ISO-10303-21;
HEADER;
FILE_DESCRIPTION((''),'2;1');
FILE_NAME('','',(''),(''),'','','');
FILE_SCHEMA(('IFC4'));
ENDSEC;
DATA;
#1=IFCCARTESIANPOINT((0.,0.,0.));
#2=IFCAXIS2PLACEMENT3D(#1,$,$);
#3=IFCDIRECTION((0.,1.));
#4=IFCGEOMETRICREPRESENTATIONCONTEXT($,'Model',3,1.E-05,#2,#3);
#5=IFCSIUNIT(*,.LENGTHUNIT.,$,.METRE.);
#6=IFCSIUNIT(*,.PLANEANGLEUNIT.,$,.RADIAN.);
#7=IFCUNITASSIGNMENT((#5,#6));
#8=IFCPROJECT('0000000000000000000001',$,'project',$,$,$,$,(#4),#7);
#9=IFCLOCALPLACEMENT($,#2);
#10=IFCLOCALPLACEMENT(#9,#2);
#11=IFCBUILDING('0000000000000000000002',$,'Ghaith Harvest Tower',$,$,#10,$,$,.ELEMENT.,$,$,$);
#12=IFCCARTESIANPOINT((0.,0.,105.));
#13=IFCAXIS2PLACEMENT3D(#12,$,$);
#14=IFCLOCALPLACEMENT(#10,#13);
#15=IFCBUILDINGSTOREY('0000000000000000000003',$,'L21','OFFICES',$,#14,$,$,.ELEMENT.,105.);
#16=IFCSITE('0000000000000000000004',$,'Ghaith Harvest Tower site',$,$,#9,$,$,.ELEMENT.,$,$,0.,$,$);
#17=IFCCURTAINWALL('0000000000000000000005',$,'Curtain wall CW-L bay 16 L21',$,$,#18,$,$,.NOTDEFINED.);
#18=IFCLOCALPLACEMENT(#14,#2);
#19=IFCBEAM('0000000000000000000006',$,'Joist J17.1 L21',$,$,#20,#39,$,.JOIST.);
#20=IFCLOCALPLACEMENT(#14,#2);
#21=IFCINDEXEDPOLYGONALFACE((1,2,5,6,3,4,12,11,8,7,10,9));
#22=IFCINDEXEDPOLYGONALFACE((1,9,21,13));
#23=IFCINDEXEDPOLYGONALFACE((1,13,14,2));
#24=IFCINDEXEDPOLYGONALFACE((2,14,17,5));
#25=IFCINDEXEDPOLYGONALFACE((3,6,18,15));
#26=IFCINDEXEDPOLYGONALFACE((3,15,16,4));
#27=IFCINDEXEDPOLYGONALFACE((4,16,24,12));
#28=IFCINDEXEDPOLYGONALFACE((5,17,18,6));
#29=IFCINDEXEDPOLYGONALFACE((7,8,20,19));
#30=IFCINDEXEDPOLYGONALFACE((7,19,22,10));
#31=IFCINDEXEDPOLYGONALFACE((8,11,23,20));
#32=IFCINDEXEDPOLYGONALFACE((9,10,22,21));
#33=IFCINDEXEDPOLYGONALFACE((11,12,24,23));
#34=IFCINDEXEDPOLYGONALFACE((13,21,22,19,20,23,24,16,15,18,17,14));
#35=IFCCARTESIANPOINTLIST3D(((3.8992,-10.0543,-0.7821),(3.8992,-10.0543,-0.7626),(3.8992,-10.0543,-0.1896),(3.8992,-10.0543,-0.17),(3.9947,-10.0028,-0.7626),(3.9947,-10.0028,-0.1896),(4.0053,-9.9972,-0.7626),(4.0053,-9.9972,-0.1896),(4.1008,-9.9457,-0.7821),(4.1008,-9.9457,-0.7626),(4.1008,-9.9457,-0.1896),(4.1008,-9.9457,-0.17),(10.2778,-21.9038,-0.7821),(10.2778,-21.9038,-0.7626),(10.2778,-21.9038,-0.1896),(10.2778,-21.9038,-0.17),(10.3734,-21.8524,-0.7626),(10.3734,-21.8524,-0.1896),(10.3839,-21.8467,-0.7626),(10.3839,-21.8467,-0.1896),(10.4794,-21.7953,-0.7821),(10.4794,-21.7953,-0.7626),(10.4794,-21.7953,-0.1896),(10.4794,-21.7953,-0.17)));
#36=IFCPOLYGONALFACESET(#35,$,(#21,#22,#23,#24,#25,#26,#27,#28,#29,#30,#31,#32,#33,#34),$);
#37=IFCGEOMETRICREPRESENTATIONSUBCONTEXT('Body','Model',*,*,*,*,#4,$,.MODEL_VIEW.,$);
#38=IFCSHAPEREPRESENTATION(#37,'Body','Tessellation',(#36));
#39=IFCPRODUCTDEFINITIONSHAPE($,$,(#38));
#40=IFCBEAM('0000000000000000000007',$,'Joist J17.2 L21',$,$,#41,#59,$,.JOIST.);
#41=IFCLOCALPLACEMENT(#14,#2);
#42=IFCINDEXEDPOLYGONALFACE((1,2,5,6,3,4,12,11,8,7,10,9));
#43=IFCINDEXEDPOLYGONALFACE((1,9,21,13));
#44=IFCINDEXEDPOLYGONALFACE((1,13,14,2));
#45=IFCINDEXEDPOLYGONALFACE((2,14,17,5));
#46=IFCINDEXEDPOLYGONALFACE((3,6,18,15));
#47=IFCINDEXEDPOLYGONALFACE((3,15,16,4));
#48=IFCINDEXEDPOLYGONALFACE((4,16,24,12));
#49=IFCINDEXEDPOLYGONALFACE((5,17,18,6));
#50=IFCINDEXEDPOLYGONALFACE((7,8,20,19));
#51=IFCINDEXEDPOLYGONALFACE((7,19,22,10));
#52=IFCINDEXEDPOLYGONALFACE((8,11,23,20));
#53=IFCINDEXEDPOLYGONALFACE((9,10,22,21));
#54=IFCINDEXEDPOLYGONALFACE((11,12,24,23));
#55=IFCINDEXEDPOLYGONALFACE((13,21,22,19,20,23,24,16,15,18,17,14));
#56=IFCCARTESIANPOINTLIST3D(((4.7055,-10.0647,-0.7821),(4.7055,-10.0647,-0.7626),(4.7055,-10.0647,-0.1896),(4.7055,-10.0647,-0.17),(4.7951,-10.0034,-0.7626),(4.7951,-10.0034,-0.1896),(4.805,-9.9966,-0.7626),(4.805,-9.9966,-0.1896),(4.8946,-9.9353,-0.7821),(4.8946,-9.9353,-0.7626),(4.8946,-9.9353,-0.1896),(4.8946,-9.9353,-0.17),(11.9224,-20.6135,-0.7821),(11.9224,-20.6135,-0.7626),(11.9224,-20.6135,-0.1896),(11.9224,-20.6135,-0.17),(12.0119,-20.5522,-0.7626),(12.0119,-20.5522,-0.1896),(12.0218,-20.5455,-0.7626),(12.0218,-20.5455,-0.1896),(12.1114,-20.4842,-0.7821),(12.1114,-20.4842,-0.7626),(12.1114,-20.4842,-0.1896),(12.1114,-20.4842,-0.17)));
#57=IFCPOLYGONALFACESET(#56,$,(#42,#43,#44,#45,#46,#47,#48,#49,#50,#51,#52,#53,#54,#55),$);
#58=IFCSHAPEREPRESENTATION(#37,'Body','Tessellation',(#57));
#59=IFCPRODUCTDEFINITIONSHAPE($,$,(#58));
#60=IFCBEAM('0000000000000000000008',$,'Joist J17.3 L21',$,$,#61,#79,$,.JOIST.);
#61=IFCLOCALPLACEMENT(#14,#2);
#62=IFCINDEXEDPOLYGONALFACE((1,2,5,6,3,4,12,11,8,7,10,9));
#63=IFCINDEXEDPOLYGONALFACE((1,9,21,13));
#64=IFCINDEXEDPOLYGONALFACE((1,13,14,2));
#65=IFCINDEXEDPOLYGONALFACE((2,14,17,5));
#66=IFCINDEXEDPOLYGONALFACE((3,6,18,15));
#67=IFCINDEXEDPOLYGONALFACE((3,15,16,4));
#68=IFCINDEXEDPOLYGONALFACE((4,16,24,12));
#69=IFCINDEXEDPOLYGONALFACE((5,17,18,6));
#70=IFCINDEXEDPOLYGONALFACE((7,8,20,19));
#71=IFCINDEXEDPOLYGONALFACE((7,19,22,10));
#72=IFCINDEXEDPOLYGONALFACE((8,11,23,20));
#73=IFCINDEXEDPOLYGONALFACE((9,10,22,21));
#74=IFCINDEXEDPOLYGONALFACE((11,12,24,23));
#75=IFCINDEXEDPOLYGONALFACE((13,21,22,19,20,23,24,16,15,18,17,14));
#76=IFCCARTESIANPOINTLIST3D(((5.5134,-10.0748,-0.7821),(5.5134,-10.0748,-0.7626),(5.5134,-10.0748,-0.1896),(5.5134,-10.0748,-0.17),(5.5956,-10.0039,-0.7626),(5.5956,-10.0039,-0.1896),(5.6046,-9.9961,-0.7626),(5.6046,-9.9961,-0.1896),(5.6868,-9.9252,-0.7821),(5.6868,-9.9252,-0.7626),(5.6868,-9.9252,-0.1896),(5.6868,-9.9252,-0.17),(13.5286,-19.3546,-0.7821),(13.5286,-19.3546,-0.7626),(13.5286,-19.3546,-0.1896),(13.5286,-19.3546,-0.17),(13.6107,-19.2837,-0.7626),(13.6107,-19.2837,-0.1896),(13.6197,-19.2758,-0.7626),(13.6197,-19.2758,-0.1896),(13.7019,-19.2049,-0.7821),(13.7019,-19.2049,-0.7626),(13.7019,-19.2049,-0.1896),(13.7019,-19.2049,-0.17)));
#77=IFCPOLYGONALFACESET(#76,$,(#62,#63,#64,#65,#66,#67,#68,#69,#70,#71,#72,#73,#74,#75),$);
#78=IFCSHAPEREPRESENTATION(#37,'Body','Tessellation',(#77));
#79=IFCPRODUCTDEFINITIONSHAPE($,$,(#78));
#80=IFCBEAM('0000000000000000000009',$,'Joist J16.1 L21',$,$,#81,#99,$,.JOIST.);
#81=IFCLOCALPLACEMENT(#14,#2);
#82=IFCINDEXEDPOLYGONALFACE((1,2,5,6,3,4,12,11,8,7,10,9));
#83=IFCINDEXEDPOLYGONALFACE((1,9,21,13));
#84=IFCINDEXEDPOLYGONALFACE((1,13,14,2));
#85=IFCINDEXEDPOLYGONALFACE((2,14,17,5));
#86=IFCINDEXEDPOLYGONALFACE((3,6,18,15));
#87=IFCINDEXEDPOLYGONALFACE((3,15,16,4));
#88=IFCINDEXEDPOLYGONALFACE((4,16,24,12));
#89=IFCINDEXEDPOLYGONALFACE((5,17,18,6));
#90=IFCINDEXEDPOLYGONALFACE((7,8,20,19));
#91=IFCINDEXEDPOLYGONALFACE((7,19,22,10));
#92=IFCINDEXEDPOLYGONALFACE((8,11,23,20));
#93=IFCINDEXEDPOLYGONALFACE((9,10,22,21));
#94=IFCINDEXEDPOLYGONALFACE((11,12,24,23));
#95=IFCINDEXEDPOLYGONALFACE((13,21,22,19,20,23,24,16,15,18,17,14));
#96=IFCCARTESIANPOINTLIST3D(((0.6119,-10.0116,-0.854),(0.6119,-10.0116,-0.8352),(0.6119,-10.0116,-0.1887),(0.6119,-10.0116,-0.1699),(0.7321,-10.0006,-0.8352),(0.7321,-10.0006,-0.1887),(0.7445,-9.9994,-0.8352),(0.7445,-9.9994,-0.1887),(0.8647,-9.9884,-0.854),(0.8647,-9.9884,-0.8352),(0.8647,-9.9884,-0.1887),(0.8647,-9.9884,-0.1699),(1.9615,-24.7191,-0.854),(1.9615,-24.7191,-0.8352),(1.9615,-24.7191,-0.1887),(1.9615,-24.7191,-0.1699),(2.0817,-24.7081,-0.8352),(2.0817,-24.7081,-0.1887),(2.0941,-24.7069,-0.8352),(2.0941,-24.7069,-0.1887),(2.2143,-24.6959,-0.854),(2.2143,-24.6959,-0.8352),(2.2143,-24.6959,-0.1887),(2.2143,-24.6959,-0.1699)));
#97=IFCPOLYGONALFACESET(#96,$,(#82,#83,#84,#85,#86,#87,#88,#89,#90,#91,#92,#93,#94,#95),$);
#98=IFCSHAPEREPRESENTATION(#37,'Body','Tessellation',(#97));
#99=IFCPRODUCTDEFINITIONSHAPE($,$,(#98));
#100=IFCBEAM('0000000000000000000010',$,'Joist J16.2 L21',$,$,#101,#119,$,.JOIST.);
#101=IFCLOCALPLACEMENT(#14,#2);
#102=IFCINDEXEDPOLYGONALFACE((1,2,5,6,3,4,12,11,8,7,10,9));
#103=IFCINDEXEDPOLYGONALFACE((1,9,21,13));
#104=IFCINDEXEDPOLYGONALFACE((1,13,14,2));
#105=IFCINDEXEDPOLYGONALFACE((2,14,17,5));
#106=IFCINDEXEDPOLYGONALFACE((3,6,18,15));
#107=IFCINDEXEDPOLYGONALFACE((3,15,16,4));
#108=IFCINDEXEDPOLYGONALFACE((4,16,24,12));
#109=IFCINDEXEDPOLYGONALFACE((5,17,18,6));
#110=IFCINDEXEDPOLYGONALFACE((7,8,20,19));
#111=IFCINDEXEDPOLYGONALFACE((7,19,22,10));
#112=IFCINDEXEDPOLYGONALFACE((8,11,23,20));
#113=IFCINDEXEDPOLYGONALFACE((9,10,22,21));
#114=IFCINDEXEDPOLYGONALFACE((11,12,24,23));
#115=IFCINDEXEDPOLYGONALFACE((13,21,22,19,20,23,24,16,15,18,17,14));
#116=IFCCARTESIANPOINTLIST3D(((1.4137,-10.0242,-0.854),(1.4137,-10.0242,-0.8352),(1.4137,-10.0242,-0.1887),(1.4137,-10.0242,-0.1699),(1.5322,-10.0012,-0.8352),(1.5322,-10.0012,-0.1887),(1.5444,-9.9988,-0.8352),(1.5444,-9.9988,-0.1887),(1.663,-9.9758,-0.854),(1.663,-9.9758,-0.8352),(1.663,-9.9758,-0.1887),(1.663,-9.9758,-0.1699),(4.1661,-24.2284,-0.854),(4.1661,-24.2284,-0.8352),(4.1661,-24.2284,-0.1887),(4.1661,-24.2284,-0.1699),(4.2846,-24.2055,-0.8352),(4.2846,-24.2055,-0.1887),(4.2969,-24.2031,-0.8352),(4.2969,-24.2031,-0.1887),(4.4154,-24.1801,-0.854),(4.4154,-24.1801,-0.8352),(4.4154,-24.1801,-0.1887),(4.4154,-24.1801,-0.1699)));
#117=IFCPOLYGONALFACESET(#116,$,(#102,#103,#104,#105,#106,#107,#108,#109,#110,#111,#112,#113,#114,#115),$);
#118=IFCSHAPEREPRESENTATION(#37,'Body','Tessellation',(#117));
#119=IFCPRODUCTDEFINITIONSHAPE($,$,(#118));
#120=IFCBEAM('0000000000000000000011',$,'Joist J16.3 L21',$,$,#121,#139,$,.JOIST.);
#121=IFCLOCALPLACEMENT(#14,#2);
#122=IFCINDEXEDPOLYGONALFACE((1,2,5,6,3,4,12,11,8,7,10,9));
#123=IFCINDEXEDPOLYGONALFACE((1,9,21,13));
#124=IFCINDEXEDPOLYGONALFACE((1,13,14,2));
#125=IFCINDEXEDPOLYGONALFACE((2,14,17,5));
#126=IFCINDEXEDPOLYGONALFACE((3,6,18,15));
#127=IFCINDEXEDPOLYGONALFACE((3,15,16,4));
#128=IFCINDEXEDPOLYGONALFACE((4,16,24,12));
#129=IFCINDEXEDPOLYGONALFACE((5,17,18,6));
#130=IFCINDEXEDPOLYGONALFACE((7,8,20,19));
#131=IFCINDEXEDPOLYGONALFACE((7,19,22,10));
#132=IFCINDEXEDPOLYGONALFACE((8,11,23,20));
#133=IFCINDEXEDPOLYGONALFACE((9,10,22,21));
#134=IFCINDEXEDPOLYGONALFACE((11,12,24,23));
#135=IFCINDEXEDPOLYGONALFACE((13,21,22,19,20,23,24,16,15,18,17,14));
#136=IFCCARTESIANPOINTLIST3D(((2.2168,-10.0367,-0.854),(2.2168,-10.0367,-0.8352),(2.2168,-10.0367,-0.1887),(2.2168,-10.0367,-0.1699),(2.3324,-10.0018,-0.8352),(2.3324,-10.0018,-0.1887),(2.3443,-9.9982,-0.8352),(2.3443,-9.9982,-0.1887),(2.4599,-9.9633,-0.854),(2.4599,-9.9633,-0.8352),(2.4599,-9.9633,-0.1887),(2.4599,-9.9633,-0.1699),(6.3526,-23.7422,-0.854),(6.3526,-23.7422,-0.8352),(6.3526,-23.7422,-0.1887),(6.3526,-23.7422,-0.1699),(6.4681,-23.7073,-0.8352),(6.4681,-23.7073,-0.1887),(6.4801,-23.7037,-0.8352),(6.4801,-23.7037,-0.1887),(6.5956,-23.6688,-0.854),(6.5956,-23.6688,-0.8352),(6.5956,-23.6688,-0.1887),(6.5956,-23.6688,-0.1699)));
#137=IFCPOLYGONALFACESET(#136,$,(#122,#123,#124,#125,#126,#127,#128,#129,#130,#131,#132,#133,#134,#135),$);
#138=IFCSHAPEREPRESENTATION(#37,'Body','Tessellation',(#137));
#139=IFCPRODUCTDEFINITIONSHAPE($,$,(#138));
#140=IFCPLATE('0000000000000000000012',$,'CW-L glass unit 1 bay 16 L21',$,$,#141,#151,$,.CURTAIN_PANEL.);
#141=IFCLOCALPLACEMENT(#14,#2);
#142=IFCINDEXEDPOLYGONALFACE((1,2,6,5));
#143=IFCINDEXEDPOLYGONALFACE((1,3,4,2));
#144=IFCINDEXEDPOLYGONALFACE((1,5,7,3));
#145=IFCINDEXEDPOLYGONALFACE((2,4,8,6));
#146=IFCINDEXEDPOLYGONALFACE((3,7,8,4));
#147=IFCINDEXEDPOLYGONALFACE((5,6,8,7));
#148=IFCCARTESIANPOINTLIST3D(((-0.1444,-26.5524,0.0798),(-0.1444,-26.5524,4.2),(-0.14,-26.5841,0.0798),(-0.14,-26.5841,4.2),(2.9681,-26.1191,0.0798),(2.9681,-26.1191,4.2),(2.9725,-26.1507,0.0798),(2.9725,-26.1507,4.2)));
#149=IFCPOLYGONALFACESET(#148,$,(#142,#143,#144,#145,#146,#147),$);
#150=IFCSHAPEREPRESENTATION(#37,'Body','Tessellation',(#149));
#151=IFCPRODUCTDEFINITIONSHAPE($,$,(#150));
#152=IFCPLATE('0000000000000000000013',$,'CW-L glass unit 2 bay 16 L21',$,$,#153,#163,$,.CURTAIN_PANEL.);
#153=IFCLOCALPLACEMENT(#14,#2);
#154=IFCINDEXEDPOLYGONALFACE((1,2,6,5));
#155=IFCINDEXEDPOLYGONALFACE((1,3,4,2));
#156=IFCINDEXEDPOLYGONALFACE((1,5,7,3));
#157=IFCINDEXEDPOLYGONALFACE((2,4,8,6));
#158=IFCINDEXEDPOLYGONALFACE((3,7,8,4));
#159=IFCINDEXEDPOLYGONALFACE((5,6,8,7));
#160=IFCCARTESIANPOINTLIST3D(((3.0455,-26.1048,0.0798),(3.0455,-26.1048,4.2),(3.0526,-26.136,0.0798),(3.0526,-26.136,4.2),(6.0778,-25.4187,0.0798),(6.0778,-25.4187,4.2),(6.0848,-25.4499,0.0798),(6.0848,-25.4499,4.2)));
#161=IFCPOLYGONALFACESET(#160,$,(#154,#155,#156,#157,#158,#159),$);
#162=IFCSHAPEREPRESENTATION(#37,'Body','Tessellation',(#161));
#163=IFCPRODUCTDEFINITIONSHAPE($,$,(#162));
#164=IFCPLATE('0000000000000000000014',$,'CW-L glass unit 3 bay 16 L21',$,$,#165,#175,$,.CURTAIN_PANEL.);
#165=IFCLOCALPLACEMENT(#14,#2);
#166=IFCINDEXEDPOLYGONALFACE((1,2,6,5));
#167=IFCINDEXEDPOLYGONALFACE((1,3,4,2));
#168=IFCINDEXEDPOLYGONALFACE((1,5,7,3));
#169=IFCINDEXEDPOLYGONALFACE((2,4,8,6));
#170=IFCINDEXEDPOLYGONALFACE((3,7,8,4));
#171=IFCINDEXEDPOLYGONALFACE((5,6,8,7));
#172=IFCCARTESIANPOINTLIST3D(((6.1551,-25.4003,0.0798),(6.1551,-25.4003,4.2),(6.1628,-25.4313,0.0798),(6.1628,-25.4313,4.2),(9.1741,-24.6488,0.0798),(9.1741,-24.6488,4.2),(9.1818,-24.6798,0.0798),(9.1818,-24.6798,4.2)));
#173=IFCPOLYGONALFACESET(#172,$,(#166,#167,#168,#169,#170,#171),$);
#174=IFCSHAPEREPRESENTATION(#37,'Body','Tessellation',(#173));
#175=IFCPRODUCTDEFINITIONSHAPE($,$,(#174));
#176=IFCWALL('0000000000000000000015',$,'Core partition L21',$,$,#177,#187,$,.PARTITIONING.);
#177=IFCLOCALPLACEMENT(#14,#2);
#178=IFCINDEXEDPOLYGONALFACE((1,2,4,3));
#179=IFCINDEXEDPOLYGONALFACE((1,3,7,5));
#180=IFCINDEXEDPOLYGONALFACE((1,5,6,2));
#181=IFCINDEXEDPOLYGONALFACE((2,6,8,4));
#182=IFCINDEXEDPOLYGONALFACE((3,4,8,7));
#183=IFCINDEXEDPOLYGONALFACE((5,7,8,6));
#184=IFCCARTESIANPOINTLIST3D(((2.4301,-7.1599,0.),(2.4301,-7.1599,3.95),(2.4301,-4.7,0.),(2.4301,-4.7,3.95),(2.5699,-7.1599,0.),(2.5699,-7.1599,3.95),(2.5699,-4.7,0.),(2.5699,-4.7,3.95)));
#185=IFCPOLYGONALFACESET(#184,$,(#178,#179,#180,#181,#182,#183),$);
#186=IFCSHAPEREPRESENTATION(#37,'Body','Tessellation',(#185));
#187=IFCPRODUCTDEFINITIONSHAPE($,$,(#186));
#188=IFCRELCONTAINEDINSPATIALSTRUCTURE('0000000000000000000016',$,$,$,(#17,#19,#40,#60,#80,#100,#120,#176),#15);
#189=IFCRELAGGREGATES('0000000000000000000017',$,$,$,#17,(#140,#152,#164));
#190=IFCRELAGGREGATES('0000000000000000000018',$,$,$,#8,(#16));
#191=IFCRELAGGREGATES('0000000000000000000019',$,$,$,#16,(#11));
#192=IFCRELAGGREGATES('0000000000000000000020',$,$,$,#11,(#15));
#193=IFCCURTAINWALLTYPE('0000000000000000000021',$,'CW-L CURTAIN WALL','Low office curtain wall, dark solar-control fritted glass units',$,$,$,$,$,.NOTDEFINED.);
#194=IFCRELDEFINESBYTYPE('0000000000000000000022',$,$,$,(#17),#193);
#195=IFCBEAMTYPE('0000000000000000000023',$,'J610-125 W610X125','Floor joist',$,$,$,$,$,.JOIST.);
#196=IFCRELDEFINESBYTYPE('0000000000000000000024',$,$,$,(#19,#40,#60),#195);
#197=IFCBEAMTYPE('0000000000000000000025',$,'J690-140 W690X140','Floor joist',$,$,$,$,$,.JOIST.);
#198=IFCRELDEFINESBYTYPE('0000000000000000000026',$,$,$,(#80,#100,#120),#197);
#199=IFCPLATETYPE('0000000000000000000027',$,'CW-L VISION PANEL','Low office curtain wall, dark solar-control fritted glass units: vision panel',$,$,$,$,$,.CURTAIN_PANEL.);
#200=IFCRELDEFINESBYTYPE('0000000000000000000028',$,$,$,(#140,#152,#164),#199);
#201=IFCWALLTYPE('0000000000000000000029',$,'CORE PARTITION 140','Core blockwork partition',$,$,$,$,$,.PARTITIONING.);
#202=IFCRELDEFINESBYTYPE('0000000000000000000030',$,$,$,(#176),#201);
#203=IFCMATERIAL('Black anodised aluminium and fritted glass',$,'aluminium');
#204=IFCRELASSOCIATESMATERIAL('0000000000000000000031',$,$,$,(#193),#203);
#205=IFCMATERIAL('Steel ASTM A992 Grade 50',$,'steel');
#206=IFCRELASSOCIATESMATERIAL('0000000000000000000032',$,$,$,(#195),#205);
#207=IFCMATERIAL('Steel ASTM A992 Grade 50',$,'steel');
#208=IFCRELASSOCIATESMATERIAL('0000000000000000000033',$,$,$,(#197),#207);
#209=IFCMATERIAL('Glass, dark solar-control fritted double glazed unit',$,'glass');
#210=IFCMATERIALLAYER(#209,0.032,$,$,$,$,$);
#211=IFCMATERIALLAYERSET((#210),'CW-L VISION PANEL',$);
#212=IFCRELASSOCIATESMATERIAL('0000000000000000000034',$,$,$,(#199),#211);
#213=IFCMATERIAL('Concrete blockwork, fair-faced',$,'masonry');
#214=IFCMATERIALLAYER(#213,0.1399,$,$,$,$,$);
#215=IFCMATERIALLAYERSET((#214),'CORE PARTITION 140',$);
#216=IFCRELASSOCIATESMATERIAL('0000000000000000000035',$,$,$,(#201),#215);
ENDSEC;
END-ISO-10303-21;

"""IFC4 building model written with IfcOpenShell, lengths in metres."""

from ifc_helpers import new_model, si_unit, direction, frame, frame_2d, origin, origin_2d, place, context, subcontext, project, spatial, rectangle, i_section, extrude, material, layer, layer_set, material_profile, profile_set, type_object, element, aggregate, save


model = new_model("IFC4")

# Units and contexts
model_context = context("Model", 3, precision=1e-05, world=origin(), true_north=direction((0.0, 1.0)))
body_context = subcontext(model_context, "Body", "Model", "MODEL_VIEW")
ifc_project = project(units=[si_unit("LENGTHUNIT", "METRE"), si_unit("PLANEANGLEUNIT", "RADIAN")], contexts=[model_context])

# Site, building, storey
site_placement = place(None, origin())
site = spatial("IfcSite", under=ifc_project, at=site_placement, Name="Ghaith Harvest Tower site", CompositionType="ELEMENT", RefElevation=0.0)
building_placement = place(site_placement, origin())
building = spatial("IfcBuilding", under=site, at=building_placement, Name="Ghaith Harvest Tower", CompositionType="ELEMENT")
storey_placement = place(building_placement, frame((0.0, 0.0, 105.0)))
storey = spatial("IfcBuildingStorey", under=building, at=storey_placement, Name="L21", Description="OFFICES", CompositionType="ELEMENT", Elevation=105.0)

# Curtain wall
ifc_material_1 = material(Name="Black anodised aluminium and fritted glass", Category="aluminium")
curtain_wall_type = type_object("IfcCurtainWallType", Name="CW-L CURTAIN WALL", Description="Low office curtain wall, dark solar-control fritted glass units", PredefinedType="NOTDEFINED", material=ifc_material_1)
curtain_wall_1_placement = place(storey_placement, origin())
curtain_wall_1 = element("IfcCurtainWall", 1, at=curtain_wall_1_placement, inside=storey, type_object=curtain_wall_type, Name="Curtain wall CW-L bay 16 L21", PredefinedType="NOTDEFINED")

# Beams
ifc_material_2 = material(Name="Steel ASTM A992 Grade 50", Category="steel")
ifc_material_profile_1 = material_profile(ifc_material_2, i_section(OverallWidth=0.229, OverallDepth=0.6121, WebThickness=0.012, FlangeThickness=0.0195, at=origin_2d()), Name="W610X125")
ifc_profile_set_1 = profile_set([ifc_material_profile_1], Name="Steel ASTM A992 Grade 50")
beam_type_1 = type_object("IfcBeamType", Name="J610-125 W610X125", Description="Floor joist", PredefinedType="JOIST", material=ifc_profile_set_1)
beam_1_placement = place(storey_placement, frame((4.0, -10.0, -0.4761), z_axis=(0.473991, -0.88053, 0.0), x_axis=(0.88053, 0.473991, 0.0)))
element("IfcBeam", 2, at=beam_1_placement, inside=storey, type_object=beam_type_1, Name="Joist J17.1 L21", PredefinedType="JOIST", context=body_context, shape_type="SweptSolid", body=[
    extrude(i_section(OverallWidth=0.229, OverallDepth=0.6121, WebThickness=0.012, FlangeThickness=0.0195, at=origin_2d()), origin(), (0.0, 0.0, 1.0), 13.4573),
])
beam_2_placement = place(storey_placement, frame((4.8, -10.0, -0.4761), z_axis=(0.56464, -0.825337, 0.0), x_axis=(0.825337, 0.56464, 0.0)))
element("IfcBeam", 3, at=beam_2_placement, inside=storey, type_object=beam_type_1, Name="Joist J17.2 L21", PredefinedType="JOIST", context=body_context, shape_type="SweptSolid", body=[
    extrude(i_section(OverallWidth=0.229, OverallDepth=0.6121, WebThickness=0.012, FlangeThickness=0.0195, at=origin_2d()), origin(), (0.0, 0.0, 1.0), 12.7812),
])
beam_3_placement = place(storey_placement, frame((5.6001, -10.0, -0.4761), z_axis=(0.653656, -0.756792, 0.0), x_axis=(0.756792, 0.653656, 0.0)))
element("IfcBeam", 4, at=beam_3_placement, inside=storey, type_object=beam_type_1, Name="Joist J17.3 L21", PredefinedType="JOIST", context=body_context, shape_type="SweptSolid", body=[
    extrude(i_section(OverallWidth=0.229, OverallDepth=0.6121, WebThickness=0.012, FlangeThickness=0.0195, at=origin_2d()), origin(), (0.0, 0.0, 1.0), 12.262),
])
ifc_material_3 = material(Name="Steel ASTM A992 Grade 50", Category="steel")
ifc_material_profile_2 = material_profile(ifc_material_3, i_section(OverallWidth=0.2539, OverallDepth=0.6841, WebThickness=0.0125, FlangeThickness=0.0188, at=origin_2d()), Name="W690X140")
ifc_profile_set_2 = profile_set([ifc_material_profile_2], Name="Steel ASTM A992 Grade 50")
beam_type_2 = type_object("IfcBeamType", Name="J690-140 W690X140", Description="Floor joist", PredefinedType="JOIST", material=ifc_profile_set_2)
beam_4_placement = place(storey_placement, frame((0.7383, -10.0, -0.512), z_axis=(0.091379, -0.995816, 0.0), x_axis=(0.995816, 0.091379, 0.0)))
element("IfcBeam", 5, at=beam_4_placement, inside=storey, type_object=beam_type_2, Name="Joist J16.1 L21", PredefinedType="JOIST", context=body_context, shape_type="SweptSolid", body=[
    extrude(i_section(OverallWidth=0.2539, OverallDepth=0.6841, WebThickness=0.0125, FlangeThickness=0.0188, at=origin_2d()), origin(), (0.0, 0.0, 1.0), 14.7693),
])
beam_5_placement = place(storey_placement, frame((1.5383, -10.0, -0.512), z_axis=(0.190236, -0.981738, 0.0), x_axis=(0.981738, 0.190236, 0.0)))
element("IfcBeam", 6, at=beam_5_placement, inside=storey, type_object=beam_type_2, Name="Joist J16.2 L21", PredefinedType="JOIST", context=body_context, shape_type="SweptSolid", body=[
    extrude(i_section(OverallWidth=0.2539, OverallDepth=0.6841, WebThickness=0.0125, FlangeThickness=0.0188, at=origin_2d()), origin(), (0.0, 0.0, 1.0), 14.4685),
])
beam_6_placement = place(storey_placement, frame((2.3384, -10.0, -0.512), z_axis=(0.28889, -0.957362, 0.0), x_axis=(0.957362, 0.28889, 0.0)))
element("IfcBeam", 7, at=beam_6_placement, inside=storey, type_object=beam_type_2, Name="Joist J16.3 L21", PredefinedType="JOIST", context=body_context, shape_type="SweptSolid", body=[
    extrude(i_section(OverallWidth=0.2539, OverallDepth=0.6841, WebThickness=0.0125, FlangeThickness=0.0188, at=origin_2d()), origin(), (0.0, 0.0, 1.0), 14.3159),
])

# Plates
ifc_material_4 = material(Name="Glass, dark solar-control fritted double glazed unit", Category="glass")
ifc_layer_1 = layer(ifc_material_4, 0.032)
ifc_layer_set_1 = layer_set([ifc_layer_1], Name="CW-L VISION PANEL")
plate_type = type_object("IfcPlateType", Name="CW-L VISION PANEL", Description="Low office curtain wall, dark solar-control fritted glass units: vision panel", PredefinedType="CURTAIN_PANEL", material=ifc_layer_set_1)
plate_1_placement = place(storey_placement, frame((1.4141, -26.3516, 0.0798), z_axis=(0.0, 0.0, 1.0), x_axis=(0.990448, 0.137886, 0.0)))
plate_1 = element("IfcPlate", 8, at=plate_1_placement, type_object=plate_type, Name="CW-L glass unit 1 bay 16 L21", PredefinedType="CURTAIN_PANEL", context=body_context, shape_type="SweptSolid", body=[
    extrude(rectangle(XDim=3.1426, YDim=0.032, at=origin_2d()), origin(), (0.0, 0.0, 1.0), 4.1201),
])
plate_2_placement = place(storey_placement, frame((4.5652, -25.7773, 0.0798), z_axis=(0.0, 0.0, 1.0), x_axis=(0.975342, 0.2207, 0.0)))
plate_2 = element("IfcPlate", 9, at=plate_2_placement, type_object=plate_type, Name="CW-L glass unit 2 bay 16 L21", PredefinedType="CURTAIN_PANEL", context=body_context, shape_type="SweptSolid", body=[
    extrude(rectangle(XDim=3.1089, YDim=0.032, at=origin_2d()), origin(), (0.0, 0.0, 1.0), 4.1201),
])
plate_3_placement = place(storey_placement, frame((7.6685, -25.04, 0.0798), z_axis=(0.0, 0.0, 1.0), x_axis=(0.970384, 0.241566, 0.0)))
plate_3 = element("IfcPlate", 10, at=plate_3_placement, type_object=plate_type, Name="CW-L glass unit 3 bay 16 L21", PredefinedType="CURTAIN_PANEL", context=body_context, shape_type="SweptSolid", body=[
    extrude(rectangle(XDim=3.1111, YDim=0.032, at=origin_2d()), origin(), (0.0, 0.0, 1.0), 4.1201),
])
aggregate(curtain_wall_1, [plate_1, plate_2, plate_3])

# Wall
ifc_material_5 = material(Name="Concrete blockwork, fair-faced", Category="masonry")
ifc_layer_2 = layer(ifc_material_5, 0.1399)
ifc_layer_set_2 = layer_set([ifc_layer_2], Name="CORE PARTITION 140")
wall_type_1 = type_object("IfcWallType", Name="CORE PARTITION 140", Description="Core blockwork partition", PredefinedType="PARTITIONING", material=ifc_layer_set_2)
wall_1_placement = place(storey_placement, frame((2.5, -4.7, 0.0), z_axis=(0.0, 0.0, 1.0), x_axis=(0.0, -1.0, 0.0)))
element("IfcWall", 11, at=wall_1_placement, inside=storey, type_object=wall_type_1, Name="Core partition L21", PredefinedType="PARTITIONING", context=body_context, shape_type="SweptSolid", body=[
    extrude(rectangle(XDim=2.46, YDim=0.1399, at=frame_2d((1.23, 0.0))), origin(), (0.0, 0.0, 1.0), 3.95),
])

save(model, "model.ifc")
